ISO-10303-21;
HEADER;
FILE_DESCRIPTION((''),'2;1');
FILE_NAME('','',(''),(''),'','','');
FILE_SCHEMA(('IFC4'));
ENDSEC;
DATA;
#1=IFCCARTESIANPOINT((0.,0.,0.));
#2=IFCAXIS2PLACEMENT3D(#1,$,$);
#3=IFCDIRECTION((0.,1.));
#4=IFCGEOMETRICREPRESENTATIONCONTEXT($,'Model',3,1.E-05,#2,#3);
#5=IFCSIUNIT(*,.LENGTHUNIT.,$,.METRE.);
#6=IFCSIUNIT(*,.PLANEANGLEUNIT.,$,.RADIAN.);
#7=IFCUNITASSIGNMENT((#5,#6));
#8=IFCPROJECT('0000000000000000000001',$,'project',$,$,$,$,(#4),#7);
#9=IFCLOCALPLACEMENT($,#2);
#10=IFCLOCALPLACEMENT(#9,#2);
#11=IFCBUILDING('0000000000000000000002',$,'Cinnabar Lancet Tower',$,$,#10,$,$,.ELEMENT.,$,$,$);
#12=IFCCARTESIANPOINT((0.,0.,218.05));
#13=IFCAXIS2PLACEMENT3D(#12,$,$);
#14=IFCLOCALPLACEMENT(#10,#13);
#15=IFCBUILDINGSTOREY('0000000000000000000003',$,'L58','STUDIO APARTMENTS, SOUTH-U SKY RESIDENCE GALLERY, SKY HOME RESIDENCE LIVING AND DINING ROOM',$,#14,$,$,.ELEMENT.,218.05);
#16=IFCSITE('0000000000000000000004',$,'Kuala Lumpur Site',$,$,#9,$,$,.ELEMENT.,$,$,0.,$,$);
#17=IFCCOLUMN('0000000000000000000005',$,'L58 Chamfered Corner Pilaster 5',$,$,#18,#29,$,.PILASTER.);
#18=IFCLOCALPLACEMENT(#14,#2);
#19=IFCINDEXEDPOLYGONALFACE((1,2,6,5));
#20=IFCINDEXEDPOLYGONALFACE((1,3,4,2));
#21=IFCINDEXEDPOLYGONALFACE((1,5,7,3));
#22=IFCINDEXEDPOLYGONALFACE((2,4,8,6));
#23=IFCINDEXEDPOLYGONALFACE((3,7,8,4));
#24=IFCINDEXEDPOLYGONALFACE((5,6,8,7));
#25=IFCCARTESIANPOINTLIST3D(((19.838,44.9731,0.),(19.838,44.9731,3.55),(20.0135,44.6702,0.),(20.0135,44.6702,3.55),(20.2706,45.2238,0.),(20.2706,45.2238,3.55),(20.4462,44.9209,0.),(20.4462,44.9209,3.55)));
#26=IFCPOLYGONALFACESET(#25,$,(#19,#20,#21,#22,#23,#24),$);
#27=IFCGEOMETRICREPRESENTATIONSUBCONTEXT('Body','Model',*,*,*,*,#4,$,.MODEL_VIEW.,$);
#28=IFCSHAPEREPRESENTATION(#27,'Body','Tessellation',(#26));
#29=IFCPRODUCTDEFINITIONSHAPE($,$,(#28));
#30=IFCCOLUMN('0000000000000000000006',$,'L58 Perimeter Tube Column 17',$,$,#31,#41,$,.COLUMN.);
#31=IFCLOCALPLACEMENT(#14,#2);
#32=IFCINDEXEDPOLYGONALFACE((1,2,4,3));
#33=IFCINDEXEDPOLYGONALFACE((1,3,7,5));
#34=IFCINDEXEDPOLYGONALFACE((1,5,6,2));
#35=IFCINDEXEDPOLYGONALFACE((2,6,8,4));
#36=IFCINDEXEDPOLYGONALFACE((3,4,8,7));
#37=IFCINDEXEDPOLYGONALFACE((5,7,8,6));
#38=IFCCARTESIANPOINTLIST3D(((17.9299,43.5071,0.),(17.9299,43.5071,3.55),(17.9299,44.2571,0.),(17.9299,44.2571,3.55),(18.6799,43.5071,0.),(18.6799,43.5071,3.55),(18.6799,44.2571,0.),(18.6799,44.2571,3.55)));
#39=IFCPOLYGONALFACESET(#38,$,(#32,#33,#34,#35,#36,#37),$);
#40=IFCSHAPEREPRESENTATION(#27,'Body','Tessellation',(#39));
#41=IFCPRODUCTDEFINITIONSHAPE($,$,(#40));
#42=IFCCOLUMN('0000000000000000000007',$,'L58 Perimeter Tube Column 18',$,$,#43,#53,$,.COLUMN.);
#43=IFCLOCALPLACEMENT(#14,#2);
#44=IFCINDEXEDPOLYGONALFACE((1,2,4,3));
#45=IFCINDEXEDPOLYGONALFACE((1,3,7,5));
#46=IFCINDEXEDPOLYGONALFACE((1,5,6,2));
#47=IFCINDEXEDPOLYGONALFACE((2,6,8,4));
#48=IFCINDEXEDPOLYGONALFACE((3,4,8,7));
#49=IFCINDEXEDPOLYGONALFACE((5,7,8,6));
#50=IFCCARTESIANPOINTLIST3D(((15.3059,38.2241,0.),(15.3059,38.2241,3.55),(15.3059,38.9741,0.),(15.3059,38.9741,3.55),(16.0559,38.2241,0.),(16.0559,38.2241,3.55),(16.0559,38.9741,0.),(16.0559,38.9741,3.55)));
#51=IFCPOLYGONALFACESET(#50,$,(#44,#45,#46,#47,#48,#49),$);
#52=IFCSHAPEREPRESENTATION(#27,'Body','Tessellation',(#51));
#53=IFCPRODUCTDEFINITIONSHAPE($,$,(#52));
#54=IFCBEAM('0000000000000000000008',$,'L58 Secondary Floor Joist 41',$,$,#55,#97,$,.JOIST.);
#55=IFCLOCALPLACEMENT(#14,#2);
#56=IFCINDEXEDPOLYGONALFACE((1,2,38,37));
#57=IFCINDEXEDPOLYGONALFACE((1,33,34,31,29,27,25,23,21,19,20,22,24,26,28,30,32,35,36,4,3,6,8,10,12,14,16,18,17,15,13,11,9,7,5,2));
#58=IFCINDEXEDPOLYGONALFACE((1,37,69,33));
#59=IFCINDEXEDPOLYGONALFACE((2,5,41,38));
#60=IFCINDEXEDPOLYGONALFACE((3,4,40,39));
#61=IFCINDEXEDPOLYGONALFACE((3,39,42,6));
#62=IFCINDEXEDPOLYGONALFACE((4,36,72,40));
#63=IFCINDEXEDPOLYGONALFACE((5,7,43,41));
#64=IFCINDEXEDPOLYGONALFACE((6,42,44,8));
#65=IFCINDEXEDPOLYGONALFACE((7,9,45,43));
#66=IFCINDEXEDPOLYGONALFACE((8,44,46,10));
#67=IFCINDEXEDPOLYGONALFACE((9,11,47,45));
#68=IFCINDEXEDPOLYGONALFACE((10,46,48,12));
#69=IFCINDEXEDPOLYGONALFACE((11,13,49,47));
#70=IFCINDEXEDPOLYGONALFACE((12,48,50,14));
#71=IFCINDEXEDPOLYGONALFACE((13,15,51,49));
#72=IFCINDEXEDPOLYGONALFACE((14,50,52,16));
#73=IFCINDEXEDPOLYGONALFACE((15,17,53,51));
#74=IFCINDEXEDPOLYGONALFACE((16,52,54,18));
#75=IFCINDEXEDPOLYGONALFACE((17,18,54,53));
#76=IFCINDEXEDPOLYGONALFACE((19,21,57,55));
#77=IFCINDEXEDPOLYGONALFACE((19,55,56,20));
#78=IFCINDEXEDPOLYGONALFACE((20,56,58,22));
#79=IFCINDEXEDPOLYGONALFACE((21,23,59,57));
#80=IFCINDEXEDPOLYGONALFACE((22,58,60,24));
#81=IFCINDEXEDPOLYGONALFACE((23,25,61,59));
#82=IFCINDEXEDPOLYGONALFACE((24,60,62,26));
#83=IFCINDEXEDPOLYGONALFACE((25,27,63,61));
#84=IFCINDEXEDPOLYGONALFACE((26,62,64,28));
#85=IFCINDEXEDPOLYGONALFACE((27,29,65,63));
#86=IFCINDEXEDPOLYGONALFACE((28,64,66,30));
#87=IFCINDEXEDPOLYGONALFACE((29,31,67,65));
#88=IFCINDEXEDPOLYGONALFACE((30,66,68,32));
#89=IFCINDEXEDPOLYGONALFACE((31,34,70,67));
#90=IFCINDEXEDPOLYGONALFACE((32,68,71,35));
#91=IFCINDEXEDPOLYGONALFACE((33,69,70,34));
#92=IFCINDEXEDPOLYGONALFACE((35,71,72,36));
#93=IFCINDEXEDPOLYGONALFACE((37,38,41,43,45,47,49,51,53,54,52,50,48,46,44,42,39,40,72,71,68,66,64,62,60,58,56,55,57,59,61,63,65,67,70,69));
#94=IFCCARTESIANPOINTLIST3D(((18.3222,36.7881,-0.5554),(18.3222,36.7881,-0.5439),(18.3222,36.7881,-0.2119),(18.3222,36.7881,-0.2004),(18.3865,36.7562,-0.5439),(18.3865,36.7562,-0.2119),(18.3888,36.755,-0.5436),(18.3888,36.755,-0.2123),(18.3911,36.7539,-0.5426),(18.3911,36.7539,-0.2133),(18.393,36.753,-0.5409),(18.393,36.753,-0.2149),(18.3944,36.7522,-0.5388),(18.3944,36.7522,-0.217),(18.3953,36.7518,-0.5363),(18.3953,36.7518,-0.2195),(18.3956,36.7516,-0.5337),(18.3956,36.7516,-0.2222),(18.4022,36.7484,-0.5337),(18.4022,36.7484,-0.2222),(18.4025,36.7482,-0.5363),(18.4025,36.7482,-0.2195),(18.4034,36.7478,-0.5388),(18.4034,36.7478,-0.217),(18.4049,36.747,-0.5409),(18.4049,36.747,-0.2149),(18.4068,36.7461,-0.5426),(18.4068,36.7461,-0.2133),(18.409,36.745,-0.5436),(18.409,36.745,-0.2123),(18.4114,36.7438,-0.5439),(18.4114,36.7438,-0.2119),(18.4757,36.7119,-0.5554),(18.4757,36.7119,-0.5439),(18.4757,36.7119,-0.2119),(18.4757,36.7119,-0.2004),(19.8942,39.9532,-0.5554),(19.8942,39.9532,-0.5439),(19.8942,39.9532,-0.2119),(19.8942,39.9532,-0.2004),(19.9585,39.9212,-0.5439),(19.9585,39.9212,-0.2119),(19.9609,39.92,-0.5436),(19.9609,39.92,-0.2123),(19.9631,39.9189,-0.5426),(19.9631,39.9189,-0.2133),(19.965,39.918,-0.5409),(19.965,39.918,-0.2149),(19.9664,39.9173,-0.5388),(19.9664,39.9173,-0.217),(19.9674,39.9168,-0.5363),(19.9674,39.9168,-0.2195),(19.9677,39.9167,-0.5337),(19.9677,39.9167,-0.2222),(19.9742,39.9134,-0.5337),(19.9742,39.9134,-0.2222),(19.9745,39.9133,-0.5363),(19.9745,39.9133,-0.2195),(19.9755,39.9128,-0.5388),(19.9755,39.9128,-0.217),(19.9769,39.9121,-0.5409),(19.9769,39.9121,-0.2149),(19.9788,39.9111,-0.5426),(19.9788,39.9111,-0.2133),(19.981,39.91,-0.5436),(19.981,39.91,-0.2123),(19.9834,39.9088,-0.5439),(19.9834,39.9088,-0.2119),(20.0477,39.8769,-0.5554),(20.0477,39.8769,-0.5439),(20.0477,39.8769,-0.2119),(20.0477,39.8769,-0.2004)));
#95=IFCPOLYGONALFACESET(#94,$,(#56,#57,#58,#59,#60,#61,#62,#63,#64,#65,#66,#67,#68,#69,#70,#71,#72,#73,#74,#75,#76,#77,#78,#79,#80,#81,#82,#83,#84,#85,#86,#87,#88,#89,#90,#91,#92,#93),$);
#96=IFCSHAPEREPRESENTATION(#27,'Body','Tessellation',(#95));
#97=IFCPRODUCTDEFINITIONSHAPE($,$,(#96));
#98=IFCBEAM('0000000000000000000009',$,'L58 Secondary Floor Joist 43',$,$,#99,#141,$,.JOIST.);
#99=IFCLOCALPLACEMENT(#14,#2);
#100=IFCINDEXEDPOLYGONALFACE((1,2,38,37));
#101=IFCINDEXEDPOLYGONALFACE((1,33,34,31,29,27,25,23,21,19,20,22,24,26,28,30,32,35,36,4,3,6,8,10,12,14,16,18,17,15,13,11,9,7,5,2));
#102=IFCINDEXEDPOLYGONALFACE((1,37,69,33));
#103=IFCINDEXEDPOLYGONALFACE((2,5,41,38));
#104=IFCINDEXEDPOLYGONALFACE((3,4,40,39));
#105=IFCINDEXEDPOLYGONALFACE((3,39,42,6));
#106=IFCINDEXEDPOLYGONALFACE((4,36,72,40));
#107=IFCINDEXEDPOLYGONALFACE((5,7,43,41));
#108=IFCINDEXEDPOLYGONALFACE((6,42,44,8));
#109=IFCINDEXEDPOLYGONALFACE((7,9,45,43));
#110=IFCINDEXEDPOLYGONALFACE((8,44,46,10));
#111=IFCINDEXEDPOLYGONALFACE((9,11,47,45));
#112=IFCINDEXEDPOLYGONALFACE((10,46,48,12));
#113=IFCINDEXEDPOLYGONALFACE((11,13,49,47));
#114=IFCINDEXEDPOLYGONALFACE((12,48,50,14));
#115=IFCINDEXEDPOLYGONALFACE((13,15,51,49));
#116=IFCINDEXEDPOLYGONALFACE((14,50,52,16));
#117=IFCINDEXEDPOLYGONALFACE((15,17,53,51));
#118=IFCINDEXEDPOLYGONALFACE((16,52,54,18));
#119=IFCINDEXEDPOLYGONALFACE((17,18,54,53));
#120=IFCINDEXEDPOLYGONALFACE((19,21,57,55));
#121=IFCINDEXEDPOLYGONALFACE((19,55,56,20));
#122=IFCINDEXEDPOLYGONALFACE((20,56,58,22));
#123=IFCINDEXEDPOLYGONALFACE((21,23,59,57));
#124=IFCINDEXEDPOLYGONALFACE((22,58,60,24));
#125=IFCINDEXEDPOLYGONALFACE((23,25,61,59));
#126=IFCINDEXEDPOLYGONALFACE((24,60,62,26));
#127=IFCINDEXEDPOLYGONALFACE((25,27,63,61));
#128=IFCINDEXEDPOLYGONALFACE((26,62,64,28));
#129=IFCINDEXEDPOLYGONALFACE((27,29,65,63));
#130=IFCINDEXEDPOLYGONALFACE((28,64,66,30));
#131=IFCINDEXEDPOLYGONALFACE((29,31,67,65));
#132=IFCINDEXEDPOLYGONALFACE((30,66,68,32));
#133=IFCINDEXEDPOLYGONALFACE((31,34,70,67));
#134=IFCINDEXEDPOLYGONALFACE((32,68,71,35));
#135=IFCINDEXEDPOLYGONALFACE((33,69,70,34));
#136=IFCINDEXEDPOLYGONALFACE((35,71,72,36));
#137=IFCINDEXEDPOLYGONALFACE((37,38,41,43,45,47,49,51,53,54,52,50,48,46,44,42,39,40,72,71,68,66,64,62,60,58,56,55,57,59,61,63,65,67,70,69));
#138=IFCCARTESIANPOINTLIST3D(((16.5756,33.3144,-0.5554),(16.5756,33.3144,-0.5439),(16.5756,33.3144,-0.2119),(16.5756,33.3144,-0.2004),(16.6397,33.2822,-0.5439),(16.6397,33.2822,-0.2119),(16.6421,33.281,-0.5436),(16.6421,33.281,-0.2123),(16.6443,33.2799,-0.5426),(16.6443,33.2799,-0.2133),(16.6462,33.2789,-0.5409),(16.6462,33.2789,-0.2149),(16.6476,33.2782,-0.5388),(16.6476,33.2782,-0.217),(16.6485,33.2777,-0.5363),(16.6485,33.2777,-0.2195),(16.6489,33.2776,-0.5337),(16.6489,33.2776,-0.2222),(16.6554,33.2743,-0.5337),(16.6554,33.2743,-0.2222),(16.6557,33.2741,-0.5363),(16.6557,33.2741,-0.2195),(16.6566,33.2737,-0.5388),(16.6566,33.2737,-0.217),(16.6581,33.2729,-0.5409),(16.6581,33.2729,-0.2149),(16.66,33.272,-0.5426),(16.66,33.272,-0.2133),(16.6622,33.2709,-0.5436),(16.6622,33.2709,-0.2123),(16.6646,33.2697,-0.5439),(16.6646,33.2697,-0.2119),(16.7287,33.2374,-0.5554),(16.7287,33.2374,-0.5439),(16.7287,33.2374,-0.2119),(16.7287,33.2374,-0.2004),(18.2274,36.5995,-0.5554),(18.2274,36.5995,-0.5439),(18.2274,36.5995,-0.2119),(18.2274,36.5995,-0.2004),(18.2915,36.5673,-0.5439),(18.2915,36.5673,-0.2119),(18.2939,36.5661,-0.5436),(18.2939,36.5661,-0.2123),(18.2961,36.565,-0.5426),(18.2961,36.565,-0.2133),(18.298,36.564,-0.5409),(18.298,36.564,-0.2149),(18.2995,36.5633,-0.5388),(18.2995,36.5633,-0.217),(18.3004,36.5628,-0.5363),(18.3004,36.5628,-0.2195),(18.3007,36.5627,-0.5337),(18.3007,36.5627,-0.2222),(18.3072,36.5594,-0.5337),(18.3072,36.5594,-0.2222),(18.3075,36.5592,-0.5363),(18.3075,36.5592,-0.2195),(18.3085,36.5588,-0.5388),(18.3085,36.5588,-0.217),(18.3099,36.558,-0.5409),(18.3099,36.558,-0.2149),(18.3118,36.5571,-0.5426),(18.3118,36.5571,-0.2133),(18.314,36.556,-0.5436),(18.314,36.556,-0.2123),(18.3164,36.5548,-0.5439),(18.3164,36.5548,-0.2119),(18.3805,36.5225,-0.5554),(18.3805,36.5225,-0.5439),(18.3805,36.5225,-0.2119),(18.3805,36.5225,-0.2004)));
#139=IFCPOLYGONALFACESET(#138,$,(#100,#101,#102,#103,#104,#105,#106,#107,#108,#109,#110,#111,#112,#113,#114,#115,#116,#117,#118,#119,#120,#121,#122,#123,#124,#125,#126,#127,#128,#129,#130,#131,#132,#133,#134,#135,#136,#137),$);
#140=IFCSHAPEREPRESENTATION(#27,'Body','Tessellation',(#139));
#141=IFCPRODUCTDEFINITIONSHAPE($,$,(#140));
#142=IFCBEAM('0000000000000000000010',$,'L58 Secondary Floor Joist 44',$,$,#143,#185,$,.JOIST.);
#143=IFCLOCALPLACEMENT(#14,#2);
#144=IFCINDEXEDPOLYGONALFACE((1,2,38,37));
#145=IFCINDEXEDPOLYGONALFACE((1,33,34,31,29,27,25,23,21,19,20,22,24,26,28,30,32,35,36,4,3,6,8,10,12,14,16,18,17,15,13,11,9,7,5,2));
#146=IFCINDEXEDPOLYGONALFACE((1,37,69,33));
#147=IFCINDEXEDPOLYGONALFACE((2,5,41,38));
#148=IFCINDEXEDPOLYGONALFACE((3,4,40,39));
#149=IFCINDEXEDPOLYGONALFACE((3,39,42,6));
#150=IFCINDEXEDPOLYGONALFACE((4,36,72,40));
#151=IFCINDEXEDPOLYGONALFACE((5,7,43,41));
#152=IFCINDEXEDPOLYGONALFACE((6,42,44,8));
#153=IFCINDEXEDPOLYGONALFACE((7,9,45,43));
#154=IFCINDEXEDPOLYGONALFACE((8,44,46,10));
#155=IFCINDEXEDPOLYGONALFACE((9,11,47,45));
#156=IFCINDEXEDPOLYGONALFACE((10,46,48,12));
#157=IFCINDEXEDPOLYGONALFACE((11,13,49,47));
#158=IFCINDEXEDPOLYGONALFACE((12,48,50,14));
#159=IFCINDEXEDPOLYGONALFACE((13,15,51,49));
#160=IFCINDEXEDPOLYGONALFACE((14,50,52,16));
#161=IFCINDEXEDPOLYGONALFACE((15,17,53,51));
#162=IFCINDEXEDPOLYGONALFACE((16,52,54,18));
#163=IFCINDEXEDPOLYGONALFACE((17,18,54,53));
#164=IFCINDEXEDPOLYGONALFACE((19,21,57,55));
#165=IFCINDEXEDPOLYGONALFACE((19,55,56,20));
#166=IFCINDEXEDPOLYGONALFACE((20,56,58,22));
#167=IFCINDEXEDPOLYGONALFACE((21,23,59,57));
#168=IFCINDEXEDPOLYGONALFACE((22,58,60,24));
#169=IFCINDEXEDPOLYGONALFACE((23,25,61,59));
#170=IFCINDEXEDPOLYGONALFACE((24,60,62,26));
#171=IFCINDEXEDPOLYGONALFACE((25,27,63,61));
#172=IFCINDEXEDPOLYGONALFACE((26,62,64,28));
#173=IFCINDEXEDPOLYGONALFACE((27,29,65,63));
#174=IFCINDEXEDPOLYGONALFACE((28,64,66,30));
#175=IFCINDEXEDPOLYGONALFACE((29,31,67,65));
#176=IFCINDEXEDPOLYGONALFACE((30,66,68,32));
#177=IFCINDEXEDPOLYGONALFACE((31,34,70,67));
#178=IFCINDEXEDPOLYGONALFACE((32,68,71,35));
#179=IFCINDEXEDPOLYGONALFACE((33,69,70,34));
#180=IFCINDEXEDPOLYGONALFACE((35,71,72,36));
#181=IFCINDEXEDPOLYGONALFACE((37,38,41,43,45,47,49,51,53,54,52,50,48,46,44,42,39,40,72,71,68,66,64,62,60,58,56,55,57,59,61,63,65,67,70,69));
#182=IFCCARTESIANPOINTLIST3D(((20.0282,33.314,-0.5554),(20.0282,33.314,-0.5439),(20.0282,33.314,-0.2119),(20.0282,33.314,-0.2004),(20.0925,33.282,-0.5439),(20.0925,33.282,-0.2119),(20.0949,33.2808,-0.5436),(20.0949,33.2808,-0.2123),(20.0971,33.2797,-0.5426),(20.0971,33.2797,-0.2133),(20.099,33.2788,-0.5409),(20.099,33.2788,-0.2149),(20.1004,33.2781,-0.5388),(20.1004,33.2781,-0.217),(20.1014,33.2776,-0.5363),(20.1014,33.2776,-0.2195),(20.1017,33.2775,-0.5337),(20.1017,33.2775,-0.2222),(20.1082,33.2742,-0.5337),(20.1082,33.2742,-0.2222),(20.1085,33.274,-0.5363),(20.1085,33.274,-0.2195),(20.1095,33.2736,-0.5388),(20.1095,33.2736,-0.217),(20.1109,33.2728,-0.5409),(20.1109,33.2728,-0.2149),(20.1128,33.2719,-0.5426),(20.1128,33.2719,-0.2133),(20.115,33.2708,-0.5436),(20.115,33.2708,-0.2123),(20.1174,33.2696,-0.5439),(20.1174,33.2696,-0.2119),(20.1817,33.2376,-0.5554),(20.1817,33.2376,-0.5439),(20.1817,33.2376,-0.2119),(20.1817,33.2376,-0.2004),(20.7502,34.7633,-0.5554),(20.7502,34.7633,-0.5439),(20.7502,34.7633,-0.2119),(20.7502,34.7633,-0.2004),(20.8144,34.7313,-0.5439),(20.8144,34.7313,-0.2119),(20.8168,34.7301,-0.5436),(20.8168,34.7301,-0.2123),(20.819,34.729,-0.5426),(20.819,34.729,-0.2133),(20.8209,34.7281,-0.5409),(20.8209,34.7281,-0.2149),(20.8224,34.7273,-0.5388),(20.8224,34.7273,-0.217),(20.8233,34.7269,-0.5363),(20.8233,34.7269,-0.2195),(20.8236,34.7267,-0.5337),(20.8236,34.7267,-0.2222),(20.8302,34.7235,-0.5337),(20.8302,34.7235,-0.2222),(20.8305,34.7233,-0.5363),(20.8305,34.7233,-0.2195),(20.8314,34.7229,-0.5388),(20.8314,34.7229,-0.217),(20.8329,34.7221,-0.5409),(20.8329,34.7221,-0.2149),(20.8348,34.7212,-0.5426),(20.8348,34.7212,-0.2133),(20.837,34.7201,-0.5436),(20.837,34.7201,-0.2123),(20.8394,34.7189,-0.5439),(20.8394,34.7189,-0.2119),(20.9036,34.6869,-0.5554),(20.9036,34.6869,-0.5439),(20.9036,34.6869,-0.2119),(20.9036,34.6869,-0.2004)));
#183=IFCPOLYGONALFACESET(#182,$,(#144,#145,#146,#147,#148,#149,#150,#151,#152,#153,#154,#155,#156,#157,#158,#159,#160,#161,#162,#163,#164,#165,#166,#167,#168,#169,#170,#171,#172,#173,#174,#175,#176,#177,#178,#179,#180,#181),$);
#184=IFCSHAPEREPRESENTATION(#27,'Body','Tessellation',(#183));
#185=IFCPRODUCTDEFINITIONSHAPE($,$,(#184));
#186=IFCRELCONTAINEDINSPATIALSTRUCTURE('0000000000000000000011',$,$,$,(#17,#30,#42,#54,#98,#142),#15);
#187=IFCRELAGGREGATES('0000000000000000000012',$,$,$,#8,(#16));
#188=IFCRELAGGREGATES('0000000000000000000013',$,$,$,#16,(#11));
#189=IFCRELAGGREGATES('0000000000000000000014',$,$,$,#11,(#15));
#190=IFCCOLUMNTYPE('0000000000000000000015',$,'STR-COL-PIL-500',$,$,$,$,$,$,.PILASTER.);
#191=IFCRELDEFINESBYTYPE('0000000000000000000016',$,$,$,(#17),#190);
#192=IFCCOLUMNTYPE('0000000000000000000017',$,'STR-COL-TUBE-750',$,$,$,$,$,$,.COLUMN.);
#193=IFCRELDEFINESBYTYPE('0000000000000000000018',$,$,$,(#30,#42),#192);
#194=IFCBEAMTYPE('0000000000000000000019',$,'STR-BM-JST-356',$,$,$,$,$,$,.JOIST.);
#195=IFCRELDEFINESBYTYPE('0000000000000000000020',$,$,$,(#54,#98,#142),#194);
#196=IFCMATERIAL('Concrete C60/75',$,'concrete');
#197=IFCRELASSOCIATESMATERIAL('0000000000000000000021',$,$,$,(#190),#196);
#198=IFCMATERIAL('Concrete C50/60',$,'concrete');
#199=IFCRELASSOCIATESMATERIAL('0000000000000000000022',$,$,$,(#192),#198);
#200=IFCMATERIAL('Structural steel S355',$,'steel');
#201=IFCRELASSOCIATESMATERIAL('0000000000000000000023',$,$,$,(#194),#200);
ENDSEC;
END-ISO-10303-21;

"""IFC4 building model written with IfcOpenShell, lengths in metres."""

from ifc_helpers import new_model, si_unit, direction, frame, origin, origin_2d, place, context, subcontext, project, spatial, rectangle, i_section, extrude, material, material_profile, profile_set, type_object, element, save


model = new_model("IFC4")

# Units and contexts
model_context = context("Model", 3, precision=1e-05, world=origin(), true_north=direction((0.0, 1.0)))
body_context = subcontext(model_context, "Body", "Model", "MODEL_VIEW")
ifc_project = project(units=[si_unit("LENGTHUNIT", "METRE"), si_unit("PLANEANGLEUNIT", "RADIAN")], contexts=[model_context])

# Site, building, storey
site_placement = place(None, origin())
site = spatial("IfcSite", under=ifc_project, at=site_placement, Name="Kuala Lumpur Site", CompositionType="ELEMENT", RefElevation=0.0)
building_placement = place(site_placement, origin())
building = spatial("IfcBuilding", under=site, at=building_placement, Name="Cinnabar Lancet Tower", CompositionType="ELEMENT")
storey_placement = place(building_placement, frame((0.0, 0.0, 218.05)))
storey = spatial("IfcBuildingStorey", under=building, at=storey_placement, Name="L58", Description="STUDIO APARTMENTS, SOUTH-U SKY RESIDENCE GALLERY, SKY HOME RESIDENCE LIVING AND DINING ROOM", CompositionType="ELEMENT", Elevation=218.05)

# Columns
ifc_material_1 = material(Name="Concrete C60/75", Category="concrete")
ifc_material_profile_1 = material_profile(ifc_material_1, rectangle(XDim=0.5, YDim=0.3501, at=origin_2d()), Name="RC-PIL 500x350")
ifc_profile_set_1 = profile_set([ifc_material_profile_1], Name="Concrete C60/75")
column_type_1 = type_object("IfcColumnType", Name="STR-COL-PIL-500", PredefinedType="PILASTER", material=ifc_profile_set_1)
column_placement = place(storey_placement, frame((20.1421, 44.947, 0.0), z_axis=(0.0, 0.0, 1.0), x_axis=(-0.86523, -0.501375, 0.0)))
element("IfcColumn", 1, at=column_placement, inside=storey, type_object=column_type_1, Name="L58 Chamfered Corner Pilaster 5", PredefinedType="PILASTER", context=body_context, shape_type="SweptSolid", body=[
    extrude(rectangle(XDim=0.5, YDim=0.3501, at=origin_2d()), origin(), (0.0, 0.0, 1.0), 3.55),
])
ifc_material_2 = material(Name="Concrete C50/60", Category="concrete")
ifc_material_profile_2 = material_profile(ifc_material_2, rectangle(XDim=0.75, YDim=0.75, at=origin_2d()), Name="RC-COL 750x750")
ifc_profile_set_2 = profile_set([ifc_material_profile_2], Name="Concrete C50/60")
column_type_2 = type_object("IfcColumnType", Name="STR-COL-TUBE-750", PredefinedType="COLUMN", material=ifc_profile_set_2)
for number, where, z_axis, x_axis, name in (
    (2, (18.3049, 43.8821, 0.0), (0.0, 0.0, 1.0), (1.0, 0.0, 0.0), "L58 Perimeter Tube Column 17"),
    (3, (15.6809, 38.5991, 0.0), (0.0, 0.0, 1.0), (1.0, 0.0, 0.0), "L58 Perimeter Tube Column 18"),
):
    element("IfcColumn", number, at=place(storey_placement, frame(where, z_axis=z_axis, x_axis=x_axis)), inside=storey, type_object=column_type_2, Name=name, PredefinedType="COLUMN", context=body_context, shape_type="SweptSolid", body=[
        extrude(rectangle(XDim=0.75, YDim=0.75, at=origin_2d()), origin(), (0.0, 0.0, 1.0), 3.55),
    ])

# Beams
ifc_material_3 = material(Name="Structural steel S355", Category="steel")
ifc_material_profile_3 = material_profile(ifc_material_3, i_section(OverallWidth=0.1714, OverallDepth=0.355, WebThickness=0.0073, FlangeThickness=0.0115, FilletRadius=0.0103, at=origin_2d()), Name="UKB 356x171x51")
ifc_profile_set_3 = profile_set([ifc_material_profile_3], Name="Structural steel S355")
beam_type_1 = type_object("IfcBeamType", Name="STR-BM-JST-356", PredefinedType="JOIST", material=ifc_profile_set_3)
beam_1_placement = place(storey_placement, frame((19.9709, 39.915, -0.3779), z_axis=(-0.444836, -0.895612, 0.0), x_axis=(0.895612, -0.444836, 0.0)))
element("IfcBeam", 4, at=beam_1_placement, inside=storey, type_object=beam_type_1, Name="L58 Secondary Floor Joist 41", PredefinedType="JOIST", context=body_context, shape_type="SweptSolid", body=[
    extrude(i_section(OverallWidth=0.1714, OverallDepth=0.355, WebThickness=0.0073, FlangeThickness=0.0115, FilletRadius=0.0103, at=origin_2d()), origin(), (0.0, 0.0, 1.0), 3.5339),
])
beam_2_placement = place(storey_placement, frame((18.304, 36.561, -0.3779), z_axis=(-0.449231, -0.893416, 0.0), x_axis=(0.893416, -0.449231, 0.0)))
element("IfcBeam", 5, at=beam_2_placement, inside=storey, type_object=beam_type_1, Name="L58 Secondary Floor Joist 43", PredefinedType="JOIST", context=body_context, shape_type="SweptSolid", body=[
    extrude(i_section(OverallWidth=0.1714, OverallDepth=0.355, WebThickness=0.0073, FlangeThickness=0.0115, FilletRadius=0.0103, at=origin_2d()), origin(), (0.0, 0.0, 1.0), 3.677),
])
beam_3_placement = place(storey_placement, frame((20.8269, 34.7251, -0.3779), z_axis=(-0.445886, -0.89509, 0.0), x_axis=(0.89509, -0.445886, 0.0)))
element("IfcBeam", 6, at=beam_3_placement, inside=storey, type_object=beam_type_1, Name="L58 Secondary Floor Joist 44", PredefinedType="JOIST", context=body_context, shape_type="SweptSolid", body=[
    extrude(i_section(OverallWidth=0.1714, OverallDepth=0.355, WebThickness=0.0073, FlangeThickness=0.0115, FilletRadius=0.0103, at=origin_2d()), origin(), (0.0, 0.0, 1.0), 1.6191),
])

save(model, "model.ifc")
